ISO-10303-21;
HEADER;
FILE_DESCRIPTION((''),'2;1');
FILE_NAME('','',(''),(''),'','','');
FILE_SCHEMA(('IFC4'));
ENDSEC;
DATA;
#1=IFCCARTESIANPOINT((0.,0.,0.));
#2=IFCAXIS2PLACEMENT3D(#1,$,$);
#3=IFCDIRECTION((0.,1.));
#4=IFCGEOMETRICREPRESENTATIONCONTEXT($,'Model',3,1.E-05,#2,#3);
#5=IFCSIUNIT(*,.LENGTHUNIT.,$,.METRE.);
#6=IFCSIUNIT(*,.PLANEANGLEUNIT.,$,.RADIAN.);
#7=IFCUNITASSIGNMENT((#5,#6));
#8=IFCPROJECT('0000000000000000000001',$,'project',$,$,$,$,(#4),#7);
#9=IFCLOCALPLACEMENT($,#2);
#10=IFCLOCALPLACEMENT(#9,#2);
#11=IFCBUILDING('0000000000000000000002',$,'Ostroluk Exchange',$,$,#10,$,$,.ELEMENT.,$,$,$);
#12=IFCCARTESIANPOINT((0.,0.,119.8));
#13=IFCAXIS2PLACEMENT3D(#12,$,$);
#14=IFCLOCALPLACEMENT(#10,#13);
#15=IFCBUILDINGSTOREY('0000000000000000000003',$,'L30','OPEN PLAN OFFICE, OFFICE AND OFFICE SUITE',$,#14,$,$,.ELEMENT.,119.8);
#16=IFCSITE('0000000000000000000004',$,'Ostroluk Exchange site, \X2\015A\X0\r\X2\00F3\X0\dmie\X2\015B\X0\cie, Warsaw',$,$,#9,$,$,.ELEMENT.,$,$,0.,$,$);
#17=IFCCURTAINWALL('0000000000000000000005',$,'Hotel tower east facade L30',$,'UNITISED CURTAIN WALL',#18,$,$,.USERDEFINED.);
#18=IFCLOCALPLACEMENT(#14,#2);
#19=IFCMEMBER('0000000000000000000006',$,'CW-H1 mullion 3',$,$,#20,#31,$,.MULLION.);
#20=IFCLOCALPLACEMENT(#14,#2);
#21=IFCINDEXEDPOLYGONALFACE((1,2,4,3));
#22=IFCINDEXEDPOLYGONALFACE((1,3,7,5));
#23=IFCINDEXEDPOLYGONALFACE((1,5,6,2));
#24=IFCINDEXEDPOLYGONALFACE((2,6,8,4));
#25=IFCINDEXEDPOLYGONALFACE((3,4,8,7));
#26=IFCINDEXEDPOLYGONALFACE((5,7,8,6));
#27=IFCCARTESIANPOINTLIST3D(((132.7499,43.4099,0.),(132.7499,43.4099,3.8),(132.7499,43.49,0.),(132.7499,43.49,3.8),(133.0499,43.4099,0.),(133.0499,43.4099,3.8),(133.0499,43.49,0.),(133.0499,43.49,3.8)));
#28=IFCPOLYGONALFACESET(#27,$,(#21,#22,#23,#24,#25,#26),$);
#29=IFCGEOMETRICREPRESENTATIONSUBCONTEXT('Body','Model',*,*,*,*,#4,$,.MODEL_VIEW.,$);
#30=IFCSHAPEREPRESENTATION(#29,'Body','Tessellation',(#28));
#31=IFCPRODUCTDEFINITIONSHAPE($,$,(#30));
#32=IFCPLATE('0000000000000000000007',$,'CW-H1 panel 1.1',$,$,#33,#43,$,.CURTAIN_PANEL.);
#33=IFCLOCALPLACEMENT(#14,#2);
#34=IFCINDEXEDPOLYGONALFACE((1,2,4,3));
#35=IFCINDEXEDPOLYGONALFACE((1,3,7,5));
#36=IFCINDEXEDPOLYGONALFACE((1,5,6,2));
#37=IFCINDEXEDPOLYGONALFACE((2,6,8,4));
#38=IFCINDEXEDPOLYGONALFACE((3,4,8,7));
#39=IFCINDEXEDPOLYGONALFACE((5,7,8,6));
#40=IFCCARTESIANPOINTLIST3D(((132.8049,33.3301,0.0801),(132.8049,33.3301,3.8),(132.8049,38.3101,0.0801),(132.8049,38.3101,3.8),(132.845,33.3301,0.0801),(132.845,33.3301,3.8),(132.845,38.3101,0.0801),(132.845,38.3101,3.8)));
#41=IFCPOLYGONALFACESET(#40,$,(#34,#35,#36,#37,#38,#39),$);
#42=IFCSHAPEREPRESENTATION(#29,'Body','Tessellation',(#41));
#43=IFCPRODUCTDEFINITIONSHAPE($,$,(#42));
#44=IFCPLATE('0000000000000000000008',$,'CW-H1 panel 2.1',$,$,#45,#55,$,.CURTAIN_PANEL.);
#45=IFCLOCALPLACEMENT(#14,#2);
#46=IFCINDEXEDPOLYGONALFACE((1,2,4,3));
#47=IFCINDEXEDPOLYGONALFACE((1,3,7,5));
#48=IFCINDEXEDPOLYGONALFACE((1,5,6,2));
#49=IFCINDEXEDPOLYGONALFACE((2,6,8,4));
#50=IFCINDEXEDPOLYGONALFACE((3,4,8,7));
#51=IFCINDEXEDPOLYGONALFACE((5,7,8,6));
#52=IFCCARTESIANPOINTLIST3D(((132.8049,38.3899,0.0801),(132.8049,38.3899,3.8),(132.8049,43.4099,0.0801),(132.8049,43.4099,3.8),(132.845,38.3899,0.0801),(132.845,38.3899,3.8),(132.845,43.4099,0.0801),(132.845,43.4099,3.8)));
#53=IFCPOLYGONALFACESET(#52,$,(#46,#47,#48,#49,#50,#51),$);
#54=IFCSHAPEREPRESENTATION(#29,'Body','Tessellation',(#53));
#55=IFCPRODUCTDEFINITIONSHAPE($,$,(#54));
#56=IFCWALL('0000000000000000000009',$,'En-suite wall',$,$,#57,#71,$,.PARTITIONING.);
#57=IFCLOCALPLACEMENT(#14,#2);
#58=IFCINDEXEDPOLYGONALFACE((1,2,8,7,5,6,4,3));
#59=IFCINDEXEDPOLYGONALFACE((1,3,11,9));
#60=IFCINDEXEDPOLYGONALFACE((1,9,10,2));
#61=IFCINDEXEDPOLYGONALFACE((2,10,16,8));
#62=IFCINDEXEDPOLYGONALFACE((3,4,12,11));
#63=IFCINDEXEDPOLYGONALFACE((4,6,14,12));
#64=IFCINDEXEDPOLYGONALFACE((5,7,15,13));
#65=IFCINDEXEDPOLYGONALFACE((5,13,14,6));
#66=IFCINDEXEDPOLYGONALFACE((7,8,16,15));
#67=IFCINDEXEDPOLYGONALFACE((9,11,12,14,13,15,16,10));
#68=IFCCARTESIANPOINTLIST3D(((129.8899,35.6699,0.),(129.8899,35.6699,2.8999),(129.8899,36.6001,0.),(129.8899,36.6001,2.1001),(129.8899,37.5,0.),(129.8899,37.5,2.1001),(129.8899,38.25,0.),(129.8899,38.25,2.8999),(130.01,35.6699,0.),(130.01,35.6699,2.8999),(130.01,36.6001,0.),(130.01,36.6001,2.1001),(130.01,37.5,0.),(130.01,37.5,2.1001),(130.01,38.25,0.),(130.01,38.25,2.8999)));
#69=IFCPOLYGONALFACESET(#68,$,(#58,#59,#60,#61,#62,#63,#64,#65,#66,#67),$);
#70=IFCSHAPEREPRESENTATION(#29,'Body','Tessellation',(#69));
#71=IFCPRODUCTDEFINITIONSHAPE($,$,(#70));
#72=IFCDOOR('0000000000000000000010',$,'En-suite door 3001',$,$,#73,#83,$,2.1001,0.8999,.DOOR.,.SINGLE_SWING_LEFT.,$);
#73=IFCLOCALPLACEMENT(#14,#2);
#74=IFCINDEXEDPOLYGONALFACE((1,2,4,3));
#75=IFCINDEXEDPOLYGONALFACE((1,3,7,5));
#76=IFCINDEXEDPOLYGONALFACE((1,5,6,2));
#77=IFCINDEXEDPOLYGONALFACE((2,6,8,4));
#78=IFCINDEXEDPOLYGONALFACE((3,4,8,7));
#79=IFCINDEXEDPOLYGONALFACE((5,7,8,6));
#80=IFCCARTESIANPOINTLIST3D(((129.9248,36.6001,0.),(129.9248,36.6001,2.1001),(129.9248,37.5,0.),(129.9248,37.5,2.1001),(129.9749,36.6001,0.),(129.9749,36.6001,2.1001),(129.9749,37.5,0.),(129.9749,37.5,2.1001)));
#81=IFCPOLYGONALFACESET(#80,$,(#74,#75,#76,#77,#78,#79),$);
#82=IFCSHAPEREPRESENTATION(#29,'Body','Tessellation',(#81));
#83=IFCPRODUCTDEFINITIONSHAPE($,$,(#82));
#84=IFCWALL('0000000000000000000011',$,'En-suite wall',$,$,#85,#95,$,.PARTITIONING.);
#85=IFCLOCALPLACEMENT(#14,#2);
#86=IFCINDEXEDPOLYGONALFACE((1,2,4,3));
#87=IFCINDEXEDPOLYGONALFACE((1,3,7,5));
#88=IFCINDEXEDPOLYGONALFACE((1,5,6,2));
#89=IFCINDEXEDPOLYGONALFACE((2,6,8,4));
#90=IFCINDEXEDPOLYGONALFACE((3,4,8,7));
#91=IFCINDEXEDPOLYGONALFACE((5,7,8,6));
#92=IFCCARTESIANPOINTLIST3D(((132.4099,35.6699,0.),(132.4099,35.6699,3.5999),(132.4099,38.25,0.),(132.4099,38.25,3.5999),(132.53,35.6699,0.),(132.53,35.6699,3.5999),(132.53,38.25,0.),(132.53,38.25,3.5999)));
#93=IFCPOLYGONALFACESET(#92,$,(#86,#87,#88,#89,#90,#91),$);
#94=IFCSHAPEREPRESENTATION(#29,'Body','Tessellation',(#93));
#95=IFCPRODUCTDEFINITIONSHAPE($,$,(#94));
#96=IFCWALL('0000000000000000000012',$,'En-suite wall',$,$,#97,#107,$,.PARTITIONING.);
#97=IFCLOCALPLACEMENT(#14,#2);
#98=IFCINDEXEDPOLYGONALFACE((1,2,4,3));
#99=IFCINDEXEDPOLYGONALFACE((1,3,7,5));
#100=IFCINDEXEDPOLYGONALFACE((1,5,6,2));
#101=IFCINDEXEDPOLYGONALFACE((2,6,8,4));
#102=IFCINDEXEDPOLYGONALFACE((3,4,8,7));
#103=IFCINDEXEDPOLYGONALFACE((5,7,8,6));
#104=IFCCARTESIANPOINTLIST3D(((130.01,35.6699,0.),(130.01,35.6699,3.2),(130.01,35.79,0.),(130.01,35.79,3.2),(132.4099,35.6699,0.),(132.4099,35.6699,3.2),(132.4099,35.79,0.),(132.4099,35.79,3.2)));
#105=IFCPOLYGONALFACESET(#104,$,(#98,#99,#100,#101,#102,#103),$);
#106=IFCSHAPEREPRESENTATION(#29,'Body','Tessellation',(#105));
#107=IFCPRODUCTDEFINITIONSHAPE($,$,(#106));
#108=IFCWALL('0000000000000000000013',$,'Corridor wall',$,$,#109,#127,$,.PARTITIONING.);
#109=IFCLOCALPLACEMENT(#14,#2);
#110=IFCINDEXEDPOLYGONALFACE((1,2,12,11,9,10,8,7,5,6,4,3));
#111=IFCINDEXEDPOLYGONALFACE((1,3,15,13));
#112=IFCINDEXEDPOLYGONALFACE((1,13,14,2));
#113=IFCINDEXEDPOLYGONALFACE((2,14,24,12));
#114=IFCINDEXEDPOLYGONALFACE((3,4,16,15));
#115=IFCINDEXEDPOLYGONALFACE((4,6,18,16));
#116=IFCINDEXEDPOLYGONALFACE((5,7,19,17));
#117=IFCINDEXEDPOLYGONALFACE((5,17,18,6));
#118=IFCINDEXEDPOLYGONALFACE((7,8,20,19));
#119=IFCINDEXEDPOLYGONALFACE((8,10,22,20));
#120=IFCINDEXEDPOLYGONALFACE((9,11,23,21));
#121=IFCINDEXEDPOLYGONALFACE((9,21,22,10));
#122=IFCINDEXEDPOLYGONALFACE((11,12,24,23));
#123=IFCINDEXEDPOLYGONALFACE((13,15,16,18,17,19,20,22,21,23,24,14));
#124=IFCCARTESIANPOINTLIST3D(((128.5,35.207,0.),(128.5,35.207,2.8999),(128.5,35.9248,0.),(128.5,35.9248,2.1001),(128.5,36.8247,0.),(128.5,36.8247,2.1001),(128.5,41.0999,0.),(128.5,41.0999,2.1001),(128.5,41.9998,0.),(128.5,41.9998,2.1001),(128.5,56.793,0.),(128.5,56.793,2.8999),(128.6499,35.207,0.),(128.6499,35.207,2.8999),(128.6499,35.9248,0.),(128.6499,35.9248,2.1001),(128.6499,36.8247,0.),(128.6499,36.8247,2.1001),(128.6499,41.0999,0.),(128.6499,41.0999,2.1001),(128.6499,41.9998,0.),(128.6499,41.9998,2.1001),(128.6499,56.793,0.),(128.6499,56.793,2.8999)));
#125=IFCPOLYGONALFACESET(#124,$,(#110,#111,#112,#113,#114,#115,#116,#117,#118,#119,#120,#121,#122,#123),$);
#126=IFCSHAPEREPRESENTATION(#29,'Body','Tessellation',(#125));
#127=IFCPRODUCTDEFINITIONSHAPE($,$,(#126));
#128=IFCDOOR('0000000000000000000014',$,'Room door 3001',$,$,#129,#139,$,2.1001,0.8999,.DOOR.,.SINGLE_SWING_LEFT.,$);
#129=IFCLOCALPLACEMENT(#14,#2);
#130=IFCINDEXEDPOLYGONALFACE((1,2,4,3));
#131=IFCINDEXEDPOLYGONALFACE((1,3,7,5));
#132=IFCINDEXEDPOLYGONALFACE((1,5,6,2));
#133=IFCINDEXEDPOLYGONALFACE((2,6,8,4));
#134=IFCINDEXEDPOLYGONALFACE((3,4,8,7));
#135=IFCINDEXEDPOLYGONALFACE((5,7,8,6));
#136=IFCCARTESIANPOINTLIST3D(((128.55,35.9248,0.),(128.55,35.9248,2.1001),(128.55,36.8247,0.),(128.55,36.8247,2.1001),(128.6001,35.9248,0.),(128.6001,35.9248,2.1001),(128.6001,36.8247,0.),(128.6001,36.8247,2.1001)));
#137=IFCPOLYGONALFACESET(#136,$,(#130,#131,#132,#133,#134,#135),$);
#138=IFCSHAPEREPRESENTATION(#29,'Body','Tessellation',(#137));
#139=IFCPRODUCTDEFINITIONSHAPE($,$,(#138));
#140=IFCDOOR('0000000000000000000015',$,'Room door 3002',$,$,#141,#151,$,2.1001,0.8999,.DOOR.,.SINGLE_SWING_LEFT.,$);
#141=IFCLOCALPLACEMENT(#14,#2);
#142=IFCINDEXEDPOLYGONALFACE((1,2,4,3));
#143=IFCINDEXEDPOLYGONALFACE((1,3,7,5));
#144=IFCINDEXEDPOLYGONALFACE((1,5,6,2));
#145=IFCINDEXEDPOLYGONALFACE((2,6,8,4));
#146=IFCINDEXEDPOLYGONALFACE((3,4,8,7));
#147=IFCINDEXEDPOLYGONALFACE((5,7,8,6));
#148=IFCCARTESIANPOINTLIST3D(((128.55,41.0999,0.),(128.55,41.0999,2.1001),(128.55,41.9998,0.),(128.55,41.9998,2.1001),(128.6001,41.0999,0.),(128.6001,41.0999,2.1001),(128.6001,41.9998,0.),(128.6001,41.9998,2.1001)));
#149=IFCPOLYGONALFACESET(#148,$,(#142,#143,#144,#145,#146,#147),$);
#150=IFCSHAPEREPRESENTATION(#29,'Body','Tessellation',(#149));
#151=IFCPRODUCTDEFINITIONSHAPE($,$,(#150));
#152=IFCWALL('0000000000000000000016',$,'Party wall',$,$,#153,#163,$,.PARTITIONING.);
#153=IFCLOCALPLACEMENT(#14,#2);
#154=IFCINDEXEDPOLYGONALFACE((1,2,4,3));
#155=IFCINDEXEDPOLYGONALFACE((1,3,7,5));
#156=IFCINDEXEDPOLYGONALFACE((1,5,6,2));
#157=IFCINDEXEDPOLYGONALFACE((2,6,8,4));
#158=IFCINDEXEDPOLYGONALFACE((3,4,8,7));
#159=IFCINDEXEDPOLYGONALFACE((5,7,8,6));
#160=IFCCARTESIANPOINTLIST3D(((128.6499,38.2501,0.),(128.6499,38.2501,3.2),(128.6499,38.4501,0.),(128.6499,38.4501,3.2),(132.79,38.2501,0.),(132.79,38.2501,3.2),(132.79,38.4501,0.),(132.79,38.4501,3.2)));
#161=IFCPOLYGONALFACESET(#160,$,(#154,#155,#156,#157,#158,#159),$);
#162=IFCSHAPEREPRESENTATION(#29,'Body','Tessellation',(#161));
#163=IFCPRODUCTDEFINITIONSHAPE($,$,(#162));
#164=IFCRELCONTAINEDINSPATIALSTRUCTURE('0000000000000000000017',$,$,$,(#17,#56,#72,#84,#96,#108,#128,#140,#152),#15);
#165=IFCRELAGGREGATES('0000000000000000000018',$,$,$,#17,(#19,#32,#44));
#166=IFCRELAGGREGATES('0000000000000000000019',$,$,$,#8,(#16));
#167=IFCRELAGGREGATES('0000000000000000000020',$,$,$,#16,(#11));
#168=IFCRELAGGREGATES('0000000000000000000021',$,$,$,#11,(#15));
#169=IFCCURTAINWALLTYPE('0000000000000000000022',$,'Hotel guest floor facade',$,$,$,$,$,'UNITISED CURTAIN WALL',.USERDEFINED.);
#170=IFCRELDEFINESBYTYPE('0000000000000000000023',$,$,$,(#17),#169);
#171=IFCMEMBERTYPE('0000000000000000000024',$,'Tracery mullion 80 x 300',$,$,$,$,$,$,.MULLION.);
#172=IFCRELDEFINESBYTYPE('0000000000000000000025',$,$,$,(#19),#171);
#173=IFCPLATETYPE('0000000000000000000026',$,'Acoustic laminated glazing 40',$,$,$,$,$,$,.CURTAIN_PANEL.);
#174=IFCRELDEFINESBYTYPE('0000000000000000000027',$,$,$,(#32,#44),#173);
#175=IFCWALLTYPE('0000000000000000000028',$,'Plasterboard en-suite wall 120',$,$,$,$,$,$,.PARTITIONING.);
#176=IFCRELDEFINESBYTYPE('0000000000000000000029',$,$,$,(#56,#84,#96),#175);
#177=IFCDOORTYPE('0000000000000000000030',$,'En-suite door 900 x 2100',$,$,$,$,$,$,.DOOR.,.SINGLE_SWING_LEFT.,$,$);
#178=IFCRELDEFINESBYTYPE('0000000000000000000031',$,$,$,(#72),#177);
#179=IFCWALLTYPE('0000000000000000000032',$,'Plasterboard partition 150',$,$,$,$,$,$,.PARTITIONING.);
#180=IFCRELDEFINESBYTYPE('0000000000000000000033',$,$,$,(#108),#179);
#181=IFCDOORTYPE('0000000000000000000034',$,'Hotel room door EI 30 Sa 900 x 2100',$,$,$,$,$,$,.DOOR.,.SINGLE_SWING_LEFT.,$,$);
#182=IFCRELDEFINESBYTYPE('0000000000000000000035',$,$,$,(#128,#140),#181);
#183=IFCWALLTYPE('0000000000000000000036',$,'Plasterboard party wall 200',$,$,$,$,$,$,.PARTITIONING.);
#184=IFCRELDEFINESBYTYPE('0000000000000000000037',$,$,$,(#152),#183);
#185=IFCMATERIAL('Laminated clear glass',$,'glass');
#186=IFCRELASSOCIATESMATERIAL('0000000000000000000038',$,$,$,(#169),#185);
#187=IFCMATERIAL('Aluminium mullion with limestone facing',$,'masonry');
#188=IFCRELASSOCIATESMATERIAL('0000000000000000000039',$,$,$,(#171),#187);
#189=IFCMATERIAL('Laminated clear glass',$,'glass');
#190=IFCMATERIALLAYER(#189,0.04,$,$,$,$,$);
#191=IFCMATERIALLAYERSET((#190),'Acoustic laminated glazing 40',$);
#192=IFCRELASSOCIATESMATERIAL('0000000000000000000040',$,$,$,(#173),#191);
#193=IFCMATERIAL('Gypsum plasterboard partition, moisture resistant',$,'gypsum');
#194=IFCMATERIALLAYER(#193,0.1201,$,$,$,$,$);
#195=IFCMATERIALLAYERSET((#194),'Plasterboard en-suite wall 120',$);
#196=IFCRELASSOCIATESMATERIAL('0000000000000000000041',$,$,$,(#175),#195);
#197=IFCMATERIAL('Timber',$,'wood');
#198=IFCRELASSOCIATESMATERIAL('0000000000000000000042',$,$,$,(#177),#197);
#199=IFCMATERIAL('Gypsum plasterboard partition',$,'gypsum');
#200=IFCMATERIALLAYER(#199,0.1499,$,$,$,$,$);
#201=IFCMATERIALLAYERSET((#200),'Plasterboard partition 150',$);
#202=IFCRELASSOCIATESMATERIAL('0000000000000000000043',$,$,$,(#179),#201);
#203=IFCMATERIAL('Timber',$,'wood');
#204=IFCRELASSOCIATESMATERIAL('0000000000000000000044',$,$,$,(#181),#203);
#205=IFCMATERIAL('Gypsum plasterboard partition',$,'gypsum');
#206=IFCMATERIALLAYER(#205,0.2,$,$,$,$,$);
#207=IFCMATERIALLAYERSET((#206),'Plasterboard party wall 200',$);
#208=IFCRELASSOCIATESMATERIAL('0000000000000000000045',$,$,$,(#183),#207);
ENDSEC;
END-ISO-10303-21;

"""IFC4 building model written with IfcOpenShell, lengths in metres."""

from ifc_helpers import new_model, si_unit, direction, frame, frame_2d, origin, origin_2d, place, context, subcontext, project, spatial, rectangle, extrude, material, layer, layer_set, material_profile, profile_set, type_object, element, fill, aggregate, save


model = new_model("IFC4")

# Units and contexts
model_context = context("Model", 3, precision=1e-05, world=origin(), true_north=direction((0.0, 1.0)))
body_context = subcontext(model_context, "Body", "Model", "MODEL_VIEW")
ifc_project = project(units=[si_unit("LENGTHUNIT", "METRE"), si_unit("PLANEANGLEUNIT", "RADIAN")], contexts=[model_context])

# Site, building, storey
site_placement = place(None, origin())
site = spatial("IfcSite", under=ifc_project, at=site_placement, Name="Ostroluk Exchange site, Śródmieście, Warsaw", CompositionType="ELEMENT", RefElevation=0.0)
building_placement = place(site_placement, origin())
building = spatial("IfcBuilding", under=site, at=building_placement, Name="Ostroluk Exchange", CompositionType="ELEMENT")
storey_placement = place(building_placement, frame((0.0, 0.0, 119.8)))
storey = spatial("IfcBuildingStorey", under=building, at=storey_placement, Name="L30", Description="OPEN PLAN OFFICE, OFFICE AND OFFICE SUITE", CompositionType="ELEMENT", Elevation=119.8)

# Curtain wall, member, plates
ifc_material_1 = material(Name="Laminated clear glass", Category="glass")
curtain_wall_type = type_object("IfcCurtainWallType", Name="Hotel guest floor facade", ElementType="UNITISED CURTAIN WALL", PredefinedType="USERDEFINED", material=ifc_material_1)
curtain_wall_placement = place(storey_placement, origin())
curtain_wall = element("IfcCurtainWall", 1, at=curtain_wall_placement, inside=storey, type_object=curtain_wall_type, Name="Hotel tower east facade L30", ObjectType="UNITISED CURTAIN WALL", PredefinedType="USERDEFINED")
ifc_material_2 = material(Name="Aluminium mullion with limestone facing", Category="masonry")
ifc_material_profile_1 = material_profile(ifc_material_2, rectangle(XDim=0.3, YDim=0.0801, at=origin_2d()), Name="Tracery mullion 80 x 300")
ifc_profile_set_1 = profile_set([ifc_material_profile_1], Name="Aluminium mullion with limestone facing")
member_type_1 = type_object("IfcMemberType", Name="Tracery mullion 80 x 300", PredefinedType="MULLION", material=ifc_profile_set_1)
member_1_placement = place(storey_placement, frame((132.8999, 43.45, 0.0), z_axis=(0.0, 0.0, 1.0), x_axis=(-1.0, 0.0, 0.0)))
member_1 = element("IfcMember", 2, at=member_1_placement, type_object=member_type_1, Name="CW-H1 mullion 3", PredefinedType="MULLION", context=body_context, shape_type="SweptSolid", body=[
    extrude(rectangle(XDim=0.3, YDim=0.0801, at=origin_2d()), origin(), (0.0, 0.0, 1.0), 3.8),
])
ifc_material_3 = material(Name="Laminated clear glass", Category="glass")
ifc_layer_1 = layer(ifc_material_3, 0.04)
ifc_layer_set_1 = layer_set([ifc_layer_1], Name="Acoustic laminated glazing 40")
plate_type = type_object("IfcPlateType", Name="Acoustic laminated glazing 40", PredefinedType="CURTAIN_PANEL", material=ifc_layer_set_1)
plate_1_placement = place(storey_placement, frame((132.825, 35.8201, 0.0801), z_axis=(0.0, 0.0, 1.0), x_axis=(0.0, 1.0, 0.0)))
plate_1 = element("IfcPlate", 3, at=plate_1_placement, type_object=plate_type, Name="CW-H1 panel 1.1", PredefinedType="CURTAIN_PANEL", context=body_context, shape_type="SweptSolid", body=[
    extrude(rectangle(XDim=4.98, YDim=0.04, at=origin_2d()), origin(), (0.0, 0.0, 1.0), 3.72),
])
plate_2_placement = place(storey_placement, frame((132.825, 40.8999, 0.0801), z_axis=(0.0, 0.0, 1.0), x_axis=(0.0, 1.0, 0.0)))
plate_2 = element("IfcPlate", 4, at=plate_2_placement, type_object=plate_type, Name="CW-H1 panel 2.1", PredefinedType="CURTAIN_PANEL", context=body_context, shape_type="SweptSolid", body=[
    extrude(rectangle(XDim=5.02, YDim=0.04, at=origin_2d()), origin(), (0.0, 0.0, 1.0), 3.72),
])
aggregate(curtain_wall, [member_1, plate_1, plate_2])

# Wall, opening, door
ifc_material_4 = material(Name="Gypsum plasterboard partition, moisture resistant", Category="gypsum")
ifc_layer_2 = layer(ifc_material_4, 0.1201)
ifc_layer_set_2 = layer_set([ifc_layer_2], Name="Plasterboard en-suite wall 120")
wall_type_1 = type_object("IfcWallType", Name="Plasterboard en-suite wall 120", PredefinedType="PARTITIONING", material=ifc_layer_set_2)
wall_1_placement = place(storey_placement, frame((129.95, 38.25, 0.0), z_axis=(0.0, 0.0, 1.0), x_axis=(0.0, -1.0, 0.0)))
wall_1 = element("IfcWall", 5, at=wall_1_placement, inside=storey, type_object=wall_type_1, Name="En-suite wall", PredefinedType="PARTITIONING", context=body_context, shape_type="SweptSolid", body=[
    extrude(rectangle(XDim=2.5801, YDim=0.1201, at=frame_2d((1.29, 0.0))), origin(), (0.0, 0.0, 1.0), 2.8999),
])
opening_1_placement = place(wall_1_placement, frame((0.75, 0.0, 0.0)))
opening_1 = element("IfcOpeningElement", 6, at=opening_1_placement, cuts=wall_1, PredefinedType="OPENING", context=body_context, shape_type="SweptSolid", body=[
    extrude(rectangle(XDim=0.8999, YDim=2.1001, at=frame_2d((0.45, 1.05))), frame((0.0, 0.0701, 0.0), z_axis=(0.0, -1.0, 0.0), x_axis=(1.0, 0.0, 0.0)), (0.0, 0.0, 1.0), 0.1401),
])
ifc_material_5 = material(Name="Timber", Category="wood")
door_type_1 = type_object("IfcDoorType", Name="En-suite door 900 x 2100", OperationType="SINGLE_SWING_LEFT", PredefinedType="DOOR", material=ifc_material_5)
door_1_placement = place(opening_1_placement, origin())
door_1 = element("IfcDoor", 7, at=door_1_placement, inside=storey, type_object=door_type_1, Name="En-suite door 3001", OperationType="SINGLE_SWING_LEFT", OverallHeight=2.1001, OverallWidth=0.8999, PredefinedType="DOOR", context=body_context, shape_type="SweptSolid", body=[
    extrude(rectangle(XDim=0.8999, YDim=2.1001, at=frame_2d((0.45, 1.05))), frame((0.0, 0.0249, 0.0), z_axis=(0.0, -1.0, 0.0), x_axis=(1.0, 0.0, 0.0)), (0.0, 0.0, 1.0), 0.05),
])
fill(opening_1, door_1)

# Walls
wall_2_placement = place(storey_placement, frame((132.47, 38.25, 0.0), z_axis=(0.0, 0.0, 1.0), x_axis=(0.0, -1.0, 0.0)))
element("IfcWall", 8, at=wall_2_placement, inside=storey, type_object=wall_type_1, Name="En-suite wall", PredefinedType="PARTITIONING", context=body_context, shape_type="SweptSolid", body=[
    extrude(rectangle(XDim=2.5801, YDim=0.1201, at=frame_2d((1.29, 0.0))), origin(), (0.0, 0.0, 1.0), 3.5999),
])
wall_3_placement = place(storey_placement, frame((130.01, 35.73, 0.0), z_axis=(0.0, 0.0, 1.0), x_axis=(1.0, 0.0, 0.0)))
element("IfcWall", 9, at=wall_3_placement, inside=storey, type_object=wall_type_1, Name="En-suite wall", PredefinedType="PARTITIONING", context=body_context, shape_type="SweptSolid", body=[
    extrude(rectangle(XDim=2.3999, YDim=0.1201, at=frame_2d((1.2, 0.0))), origin(), (0.0, 0.0, 1.0), 3.2),
])

# Wall, openings, doors
ifc_material_6 = material(Name="Gypsum plasterboard partition", Category="gypsum")
ifc_layer_3 = layer(ifc_material_6, 0.1499)
ifc_layer_set_3 = layer_set([ifc_layer_3], Name="Plasterboard partition 150")
wall_type_2 = type_object("IfcWallType", Name="Plasterboard partition 150", PredefinedType="PARTITIONING", material=ifc_layer_set_3)
wall_4_placement = place(storey_placement, frame((128.575, 35.207, 0.0), z_axis=(0.0, 0.0, 1.0), x_axis=(0.0, 1.0, 0.0)))
wall_4 = element("IfcWall", 10, at=wall_4_placement, inside=storey, type_object=wall_type_2, Name="Corridor wall", PredefinedType="PARTITIONING", context=body_context, shape_type="SweptSolid", body=[
    extrude(rectangle(XDim=21.5859, YDim=0.1499, at=frame_2d((10.793, 0.0))), origin(), (0.0, 0.0, 1.0), 2.8999),
])
opening_2_placement = place(wall_4_placement, frame((0.7178, 0.0, 0.0)))
opening_2 = element("IfcOpeningElement", 11, at=opening_2_placement, cuts=wall_4, PredefinedType="OPENING", context=body_context, shape_type="SweptSolid", body=[
    extrude(rectangle(XDim=0.8999, YDim=2.1001, at=frame_2d((0.45, 1.05))), frame((0.0, 0.085, 0.0), z_axis=(0.0, -1.0, 0.0), x_axis=(1.0, 0.0, 0.0)), (0.0, 0.0, 1.0), 0.1699),
])
opening_3_placement = place(wall_4_placement, frame((5.8928, 0.0, 0.0)))
opening_3 = element("IfcOpeningElement", 12, at=opening_3_placement, cuts=wall_4, PredefinedType="OPENING", context=body_context, shape_type="SweptSolid", body=[
    extrude(rectangle(XDim=0.8999, YDim=2.1001, at=frame_2d((0.45, 1.05))), frame((0.0, 0.085, 0.0), z_axis=(0.0, -1.0, 0.0), x_axis=(1.0, 0.0, 0.0)), (0.0, 0.0, 1.0), 0.1699),
])
ifc_material_7 = material(Name="Timber", Category="wood")
door_type_2 = type_object("IfcDoorType", Name="Hotel room door EI 30 Sa 900 x 2100", OperationType="SINGLE_SWING_LEFT", PredefinedType="DOOR", material=ifc_material_7)
door_2_placement = place(opening_2_placement, origin())
door_2 = element("IfcDoor", 13, at=door_2_placement, inside=storey, type_object=door_type_2, Name="Room door 3001", OperationType="SINGLE_SWING_LEFT", OverallHeight=2.1001, OverallWidth=0.8999, PredefinedType="DOOR", context=body_context, shape_type="SweptSolid", body=[
    extrude(rectangle(XDim=0.8999, YDim=2.1001, at=frame_2d((0.45, 1.05))), frame((0.0, 0.0249, 0.0), z_axis=(0.0, -1.0, 0.0), x_axis=(1.0, 0.0, 0.0)), (0.0, 0.0, 1.0), 0.05),
])
fill(opening_2, door_2)
door_3_placement = place(opening_3_placement, origin())
door_3 = element("IfcDoor", 14, at=door_3_placement, inside=storey, type_object=door_type_2, Name="Room door 3002", OperationType="SINGLE_SWING_LEFT", OverallHeight=2.1001, OverallWidth=0.8999, PredefinedType="DOOR", context=body_context, shape_type="SweptSolid", body=[
    extrude(rectangle(XDim=0.8999, YDim=2.1001, at=frame_2d((0.45, 1.05))), frame((0.0, 0.0249, 0.0), z_axis=(0.0, -1.0, 0.0), x_axis=(1.0, 0.0, 0.0)), (0.0, 0.0, 1.0), 0.05),
])
fill(opening_3, door_3)

# Wall
ifc_material_8 = material(Name="Gypsum plasterboard partition", Category="gypsum")
ifc_layer_4 = layer(ifc_material_8, 0.2)
ifc_layer_set_4 = layer_set([ifc_layer_4], Name="Plasterboard party wall 200")
wall_type_3 = type_object("IfcWallType", Name="Plasterboard party wall 200", PredefinedType="PARTITIONING", material=ifc_layer_set_4)
wall_5_placement = place(storey_placement, frame((128.6499, 38.3501, 0.0), z_axis=(0.0, 0.0, 1.0), x_axis=(1.0, 0.0, 0.0)))
element("IfcWall", 15, at=wall_5_placement, inside=storey, type_object=wall_type_3, Name="Party wall", PredefinedType="PARTITIONING", context=body_context, shape_type="SweptSolid", body=[
    extrude(rectangle(XDim=4.1401, YDim=0.2, at=frame_2d((2.0701, 0.0))), origin(), (0.0, 0.0, 1.0), 3.2),
])

save(model, "model.ifc")
